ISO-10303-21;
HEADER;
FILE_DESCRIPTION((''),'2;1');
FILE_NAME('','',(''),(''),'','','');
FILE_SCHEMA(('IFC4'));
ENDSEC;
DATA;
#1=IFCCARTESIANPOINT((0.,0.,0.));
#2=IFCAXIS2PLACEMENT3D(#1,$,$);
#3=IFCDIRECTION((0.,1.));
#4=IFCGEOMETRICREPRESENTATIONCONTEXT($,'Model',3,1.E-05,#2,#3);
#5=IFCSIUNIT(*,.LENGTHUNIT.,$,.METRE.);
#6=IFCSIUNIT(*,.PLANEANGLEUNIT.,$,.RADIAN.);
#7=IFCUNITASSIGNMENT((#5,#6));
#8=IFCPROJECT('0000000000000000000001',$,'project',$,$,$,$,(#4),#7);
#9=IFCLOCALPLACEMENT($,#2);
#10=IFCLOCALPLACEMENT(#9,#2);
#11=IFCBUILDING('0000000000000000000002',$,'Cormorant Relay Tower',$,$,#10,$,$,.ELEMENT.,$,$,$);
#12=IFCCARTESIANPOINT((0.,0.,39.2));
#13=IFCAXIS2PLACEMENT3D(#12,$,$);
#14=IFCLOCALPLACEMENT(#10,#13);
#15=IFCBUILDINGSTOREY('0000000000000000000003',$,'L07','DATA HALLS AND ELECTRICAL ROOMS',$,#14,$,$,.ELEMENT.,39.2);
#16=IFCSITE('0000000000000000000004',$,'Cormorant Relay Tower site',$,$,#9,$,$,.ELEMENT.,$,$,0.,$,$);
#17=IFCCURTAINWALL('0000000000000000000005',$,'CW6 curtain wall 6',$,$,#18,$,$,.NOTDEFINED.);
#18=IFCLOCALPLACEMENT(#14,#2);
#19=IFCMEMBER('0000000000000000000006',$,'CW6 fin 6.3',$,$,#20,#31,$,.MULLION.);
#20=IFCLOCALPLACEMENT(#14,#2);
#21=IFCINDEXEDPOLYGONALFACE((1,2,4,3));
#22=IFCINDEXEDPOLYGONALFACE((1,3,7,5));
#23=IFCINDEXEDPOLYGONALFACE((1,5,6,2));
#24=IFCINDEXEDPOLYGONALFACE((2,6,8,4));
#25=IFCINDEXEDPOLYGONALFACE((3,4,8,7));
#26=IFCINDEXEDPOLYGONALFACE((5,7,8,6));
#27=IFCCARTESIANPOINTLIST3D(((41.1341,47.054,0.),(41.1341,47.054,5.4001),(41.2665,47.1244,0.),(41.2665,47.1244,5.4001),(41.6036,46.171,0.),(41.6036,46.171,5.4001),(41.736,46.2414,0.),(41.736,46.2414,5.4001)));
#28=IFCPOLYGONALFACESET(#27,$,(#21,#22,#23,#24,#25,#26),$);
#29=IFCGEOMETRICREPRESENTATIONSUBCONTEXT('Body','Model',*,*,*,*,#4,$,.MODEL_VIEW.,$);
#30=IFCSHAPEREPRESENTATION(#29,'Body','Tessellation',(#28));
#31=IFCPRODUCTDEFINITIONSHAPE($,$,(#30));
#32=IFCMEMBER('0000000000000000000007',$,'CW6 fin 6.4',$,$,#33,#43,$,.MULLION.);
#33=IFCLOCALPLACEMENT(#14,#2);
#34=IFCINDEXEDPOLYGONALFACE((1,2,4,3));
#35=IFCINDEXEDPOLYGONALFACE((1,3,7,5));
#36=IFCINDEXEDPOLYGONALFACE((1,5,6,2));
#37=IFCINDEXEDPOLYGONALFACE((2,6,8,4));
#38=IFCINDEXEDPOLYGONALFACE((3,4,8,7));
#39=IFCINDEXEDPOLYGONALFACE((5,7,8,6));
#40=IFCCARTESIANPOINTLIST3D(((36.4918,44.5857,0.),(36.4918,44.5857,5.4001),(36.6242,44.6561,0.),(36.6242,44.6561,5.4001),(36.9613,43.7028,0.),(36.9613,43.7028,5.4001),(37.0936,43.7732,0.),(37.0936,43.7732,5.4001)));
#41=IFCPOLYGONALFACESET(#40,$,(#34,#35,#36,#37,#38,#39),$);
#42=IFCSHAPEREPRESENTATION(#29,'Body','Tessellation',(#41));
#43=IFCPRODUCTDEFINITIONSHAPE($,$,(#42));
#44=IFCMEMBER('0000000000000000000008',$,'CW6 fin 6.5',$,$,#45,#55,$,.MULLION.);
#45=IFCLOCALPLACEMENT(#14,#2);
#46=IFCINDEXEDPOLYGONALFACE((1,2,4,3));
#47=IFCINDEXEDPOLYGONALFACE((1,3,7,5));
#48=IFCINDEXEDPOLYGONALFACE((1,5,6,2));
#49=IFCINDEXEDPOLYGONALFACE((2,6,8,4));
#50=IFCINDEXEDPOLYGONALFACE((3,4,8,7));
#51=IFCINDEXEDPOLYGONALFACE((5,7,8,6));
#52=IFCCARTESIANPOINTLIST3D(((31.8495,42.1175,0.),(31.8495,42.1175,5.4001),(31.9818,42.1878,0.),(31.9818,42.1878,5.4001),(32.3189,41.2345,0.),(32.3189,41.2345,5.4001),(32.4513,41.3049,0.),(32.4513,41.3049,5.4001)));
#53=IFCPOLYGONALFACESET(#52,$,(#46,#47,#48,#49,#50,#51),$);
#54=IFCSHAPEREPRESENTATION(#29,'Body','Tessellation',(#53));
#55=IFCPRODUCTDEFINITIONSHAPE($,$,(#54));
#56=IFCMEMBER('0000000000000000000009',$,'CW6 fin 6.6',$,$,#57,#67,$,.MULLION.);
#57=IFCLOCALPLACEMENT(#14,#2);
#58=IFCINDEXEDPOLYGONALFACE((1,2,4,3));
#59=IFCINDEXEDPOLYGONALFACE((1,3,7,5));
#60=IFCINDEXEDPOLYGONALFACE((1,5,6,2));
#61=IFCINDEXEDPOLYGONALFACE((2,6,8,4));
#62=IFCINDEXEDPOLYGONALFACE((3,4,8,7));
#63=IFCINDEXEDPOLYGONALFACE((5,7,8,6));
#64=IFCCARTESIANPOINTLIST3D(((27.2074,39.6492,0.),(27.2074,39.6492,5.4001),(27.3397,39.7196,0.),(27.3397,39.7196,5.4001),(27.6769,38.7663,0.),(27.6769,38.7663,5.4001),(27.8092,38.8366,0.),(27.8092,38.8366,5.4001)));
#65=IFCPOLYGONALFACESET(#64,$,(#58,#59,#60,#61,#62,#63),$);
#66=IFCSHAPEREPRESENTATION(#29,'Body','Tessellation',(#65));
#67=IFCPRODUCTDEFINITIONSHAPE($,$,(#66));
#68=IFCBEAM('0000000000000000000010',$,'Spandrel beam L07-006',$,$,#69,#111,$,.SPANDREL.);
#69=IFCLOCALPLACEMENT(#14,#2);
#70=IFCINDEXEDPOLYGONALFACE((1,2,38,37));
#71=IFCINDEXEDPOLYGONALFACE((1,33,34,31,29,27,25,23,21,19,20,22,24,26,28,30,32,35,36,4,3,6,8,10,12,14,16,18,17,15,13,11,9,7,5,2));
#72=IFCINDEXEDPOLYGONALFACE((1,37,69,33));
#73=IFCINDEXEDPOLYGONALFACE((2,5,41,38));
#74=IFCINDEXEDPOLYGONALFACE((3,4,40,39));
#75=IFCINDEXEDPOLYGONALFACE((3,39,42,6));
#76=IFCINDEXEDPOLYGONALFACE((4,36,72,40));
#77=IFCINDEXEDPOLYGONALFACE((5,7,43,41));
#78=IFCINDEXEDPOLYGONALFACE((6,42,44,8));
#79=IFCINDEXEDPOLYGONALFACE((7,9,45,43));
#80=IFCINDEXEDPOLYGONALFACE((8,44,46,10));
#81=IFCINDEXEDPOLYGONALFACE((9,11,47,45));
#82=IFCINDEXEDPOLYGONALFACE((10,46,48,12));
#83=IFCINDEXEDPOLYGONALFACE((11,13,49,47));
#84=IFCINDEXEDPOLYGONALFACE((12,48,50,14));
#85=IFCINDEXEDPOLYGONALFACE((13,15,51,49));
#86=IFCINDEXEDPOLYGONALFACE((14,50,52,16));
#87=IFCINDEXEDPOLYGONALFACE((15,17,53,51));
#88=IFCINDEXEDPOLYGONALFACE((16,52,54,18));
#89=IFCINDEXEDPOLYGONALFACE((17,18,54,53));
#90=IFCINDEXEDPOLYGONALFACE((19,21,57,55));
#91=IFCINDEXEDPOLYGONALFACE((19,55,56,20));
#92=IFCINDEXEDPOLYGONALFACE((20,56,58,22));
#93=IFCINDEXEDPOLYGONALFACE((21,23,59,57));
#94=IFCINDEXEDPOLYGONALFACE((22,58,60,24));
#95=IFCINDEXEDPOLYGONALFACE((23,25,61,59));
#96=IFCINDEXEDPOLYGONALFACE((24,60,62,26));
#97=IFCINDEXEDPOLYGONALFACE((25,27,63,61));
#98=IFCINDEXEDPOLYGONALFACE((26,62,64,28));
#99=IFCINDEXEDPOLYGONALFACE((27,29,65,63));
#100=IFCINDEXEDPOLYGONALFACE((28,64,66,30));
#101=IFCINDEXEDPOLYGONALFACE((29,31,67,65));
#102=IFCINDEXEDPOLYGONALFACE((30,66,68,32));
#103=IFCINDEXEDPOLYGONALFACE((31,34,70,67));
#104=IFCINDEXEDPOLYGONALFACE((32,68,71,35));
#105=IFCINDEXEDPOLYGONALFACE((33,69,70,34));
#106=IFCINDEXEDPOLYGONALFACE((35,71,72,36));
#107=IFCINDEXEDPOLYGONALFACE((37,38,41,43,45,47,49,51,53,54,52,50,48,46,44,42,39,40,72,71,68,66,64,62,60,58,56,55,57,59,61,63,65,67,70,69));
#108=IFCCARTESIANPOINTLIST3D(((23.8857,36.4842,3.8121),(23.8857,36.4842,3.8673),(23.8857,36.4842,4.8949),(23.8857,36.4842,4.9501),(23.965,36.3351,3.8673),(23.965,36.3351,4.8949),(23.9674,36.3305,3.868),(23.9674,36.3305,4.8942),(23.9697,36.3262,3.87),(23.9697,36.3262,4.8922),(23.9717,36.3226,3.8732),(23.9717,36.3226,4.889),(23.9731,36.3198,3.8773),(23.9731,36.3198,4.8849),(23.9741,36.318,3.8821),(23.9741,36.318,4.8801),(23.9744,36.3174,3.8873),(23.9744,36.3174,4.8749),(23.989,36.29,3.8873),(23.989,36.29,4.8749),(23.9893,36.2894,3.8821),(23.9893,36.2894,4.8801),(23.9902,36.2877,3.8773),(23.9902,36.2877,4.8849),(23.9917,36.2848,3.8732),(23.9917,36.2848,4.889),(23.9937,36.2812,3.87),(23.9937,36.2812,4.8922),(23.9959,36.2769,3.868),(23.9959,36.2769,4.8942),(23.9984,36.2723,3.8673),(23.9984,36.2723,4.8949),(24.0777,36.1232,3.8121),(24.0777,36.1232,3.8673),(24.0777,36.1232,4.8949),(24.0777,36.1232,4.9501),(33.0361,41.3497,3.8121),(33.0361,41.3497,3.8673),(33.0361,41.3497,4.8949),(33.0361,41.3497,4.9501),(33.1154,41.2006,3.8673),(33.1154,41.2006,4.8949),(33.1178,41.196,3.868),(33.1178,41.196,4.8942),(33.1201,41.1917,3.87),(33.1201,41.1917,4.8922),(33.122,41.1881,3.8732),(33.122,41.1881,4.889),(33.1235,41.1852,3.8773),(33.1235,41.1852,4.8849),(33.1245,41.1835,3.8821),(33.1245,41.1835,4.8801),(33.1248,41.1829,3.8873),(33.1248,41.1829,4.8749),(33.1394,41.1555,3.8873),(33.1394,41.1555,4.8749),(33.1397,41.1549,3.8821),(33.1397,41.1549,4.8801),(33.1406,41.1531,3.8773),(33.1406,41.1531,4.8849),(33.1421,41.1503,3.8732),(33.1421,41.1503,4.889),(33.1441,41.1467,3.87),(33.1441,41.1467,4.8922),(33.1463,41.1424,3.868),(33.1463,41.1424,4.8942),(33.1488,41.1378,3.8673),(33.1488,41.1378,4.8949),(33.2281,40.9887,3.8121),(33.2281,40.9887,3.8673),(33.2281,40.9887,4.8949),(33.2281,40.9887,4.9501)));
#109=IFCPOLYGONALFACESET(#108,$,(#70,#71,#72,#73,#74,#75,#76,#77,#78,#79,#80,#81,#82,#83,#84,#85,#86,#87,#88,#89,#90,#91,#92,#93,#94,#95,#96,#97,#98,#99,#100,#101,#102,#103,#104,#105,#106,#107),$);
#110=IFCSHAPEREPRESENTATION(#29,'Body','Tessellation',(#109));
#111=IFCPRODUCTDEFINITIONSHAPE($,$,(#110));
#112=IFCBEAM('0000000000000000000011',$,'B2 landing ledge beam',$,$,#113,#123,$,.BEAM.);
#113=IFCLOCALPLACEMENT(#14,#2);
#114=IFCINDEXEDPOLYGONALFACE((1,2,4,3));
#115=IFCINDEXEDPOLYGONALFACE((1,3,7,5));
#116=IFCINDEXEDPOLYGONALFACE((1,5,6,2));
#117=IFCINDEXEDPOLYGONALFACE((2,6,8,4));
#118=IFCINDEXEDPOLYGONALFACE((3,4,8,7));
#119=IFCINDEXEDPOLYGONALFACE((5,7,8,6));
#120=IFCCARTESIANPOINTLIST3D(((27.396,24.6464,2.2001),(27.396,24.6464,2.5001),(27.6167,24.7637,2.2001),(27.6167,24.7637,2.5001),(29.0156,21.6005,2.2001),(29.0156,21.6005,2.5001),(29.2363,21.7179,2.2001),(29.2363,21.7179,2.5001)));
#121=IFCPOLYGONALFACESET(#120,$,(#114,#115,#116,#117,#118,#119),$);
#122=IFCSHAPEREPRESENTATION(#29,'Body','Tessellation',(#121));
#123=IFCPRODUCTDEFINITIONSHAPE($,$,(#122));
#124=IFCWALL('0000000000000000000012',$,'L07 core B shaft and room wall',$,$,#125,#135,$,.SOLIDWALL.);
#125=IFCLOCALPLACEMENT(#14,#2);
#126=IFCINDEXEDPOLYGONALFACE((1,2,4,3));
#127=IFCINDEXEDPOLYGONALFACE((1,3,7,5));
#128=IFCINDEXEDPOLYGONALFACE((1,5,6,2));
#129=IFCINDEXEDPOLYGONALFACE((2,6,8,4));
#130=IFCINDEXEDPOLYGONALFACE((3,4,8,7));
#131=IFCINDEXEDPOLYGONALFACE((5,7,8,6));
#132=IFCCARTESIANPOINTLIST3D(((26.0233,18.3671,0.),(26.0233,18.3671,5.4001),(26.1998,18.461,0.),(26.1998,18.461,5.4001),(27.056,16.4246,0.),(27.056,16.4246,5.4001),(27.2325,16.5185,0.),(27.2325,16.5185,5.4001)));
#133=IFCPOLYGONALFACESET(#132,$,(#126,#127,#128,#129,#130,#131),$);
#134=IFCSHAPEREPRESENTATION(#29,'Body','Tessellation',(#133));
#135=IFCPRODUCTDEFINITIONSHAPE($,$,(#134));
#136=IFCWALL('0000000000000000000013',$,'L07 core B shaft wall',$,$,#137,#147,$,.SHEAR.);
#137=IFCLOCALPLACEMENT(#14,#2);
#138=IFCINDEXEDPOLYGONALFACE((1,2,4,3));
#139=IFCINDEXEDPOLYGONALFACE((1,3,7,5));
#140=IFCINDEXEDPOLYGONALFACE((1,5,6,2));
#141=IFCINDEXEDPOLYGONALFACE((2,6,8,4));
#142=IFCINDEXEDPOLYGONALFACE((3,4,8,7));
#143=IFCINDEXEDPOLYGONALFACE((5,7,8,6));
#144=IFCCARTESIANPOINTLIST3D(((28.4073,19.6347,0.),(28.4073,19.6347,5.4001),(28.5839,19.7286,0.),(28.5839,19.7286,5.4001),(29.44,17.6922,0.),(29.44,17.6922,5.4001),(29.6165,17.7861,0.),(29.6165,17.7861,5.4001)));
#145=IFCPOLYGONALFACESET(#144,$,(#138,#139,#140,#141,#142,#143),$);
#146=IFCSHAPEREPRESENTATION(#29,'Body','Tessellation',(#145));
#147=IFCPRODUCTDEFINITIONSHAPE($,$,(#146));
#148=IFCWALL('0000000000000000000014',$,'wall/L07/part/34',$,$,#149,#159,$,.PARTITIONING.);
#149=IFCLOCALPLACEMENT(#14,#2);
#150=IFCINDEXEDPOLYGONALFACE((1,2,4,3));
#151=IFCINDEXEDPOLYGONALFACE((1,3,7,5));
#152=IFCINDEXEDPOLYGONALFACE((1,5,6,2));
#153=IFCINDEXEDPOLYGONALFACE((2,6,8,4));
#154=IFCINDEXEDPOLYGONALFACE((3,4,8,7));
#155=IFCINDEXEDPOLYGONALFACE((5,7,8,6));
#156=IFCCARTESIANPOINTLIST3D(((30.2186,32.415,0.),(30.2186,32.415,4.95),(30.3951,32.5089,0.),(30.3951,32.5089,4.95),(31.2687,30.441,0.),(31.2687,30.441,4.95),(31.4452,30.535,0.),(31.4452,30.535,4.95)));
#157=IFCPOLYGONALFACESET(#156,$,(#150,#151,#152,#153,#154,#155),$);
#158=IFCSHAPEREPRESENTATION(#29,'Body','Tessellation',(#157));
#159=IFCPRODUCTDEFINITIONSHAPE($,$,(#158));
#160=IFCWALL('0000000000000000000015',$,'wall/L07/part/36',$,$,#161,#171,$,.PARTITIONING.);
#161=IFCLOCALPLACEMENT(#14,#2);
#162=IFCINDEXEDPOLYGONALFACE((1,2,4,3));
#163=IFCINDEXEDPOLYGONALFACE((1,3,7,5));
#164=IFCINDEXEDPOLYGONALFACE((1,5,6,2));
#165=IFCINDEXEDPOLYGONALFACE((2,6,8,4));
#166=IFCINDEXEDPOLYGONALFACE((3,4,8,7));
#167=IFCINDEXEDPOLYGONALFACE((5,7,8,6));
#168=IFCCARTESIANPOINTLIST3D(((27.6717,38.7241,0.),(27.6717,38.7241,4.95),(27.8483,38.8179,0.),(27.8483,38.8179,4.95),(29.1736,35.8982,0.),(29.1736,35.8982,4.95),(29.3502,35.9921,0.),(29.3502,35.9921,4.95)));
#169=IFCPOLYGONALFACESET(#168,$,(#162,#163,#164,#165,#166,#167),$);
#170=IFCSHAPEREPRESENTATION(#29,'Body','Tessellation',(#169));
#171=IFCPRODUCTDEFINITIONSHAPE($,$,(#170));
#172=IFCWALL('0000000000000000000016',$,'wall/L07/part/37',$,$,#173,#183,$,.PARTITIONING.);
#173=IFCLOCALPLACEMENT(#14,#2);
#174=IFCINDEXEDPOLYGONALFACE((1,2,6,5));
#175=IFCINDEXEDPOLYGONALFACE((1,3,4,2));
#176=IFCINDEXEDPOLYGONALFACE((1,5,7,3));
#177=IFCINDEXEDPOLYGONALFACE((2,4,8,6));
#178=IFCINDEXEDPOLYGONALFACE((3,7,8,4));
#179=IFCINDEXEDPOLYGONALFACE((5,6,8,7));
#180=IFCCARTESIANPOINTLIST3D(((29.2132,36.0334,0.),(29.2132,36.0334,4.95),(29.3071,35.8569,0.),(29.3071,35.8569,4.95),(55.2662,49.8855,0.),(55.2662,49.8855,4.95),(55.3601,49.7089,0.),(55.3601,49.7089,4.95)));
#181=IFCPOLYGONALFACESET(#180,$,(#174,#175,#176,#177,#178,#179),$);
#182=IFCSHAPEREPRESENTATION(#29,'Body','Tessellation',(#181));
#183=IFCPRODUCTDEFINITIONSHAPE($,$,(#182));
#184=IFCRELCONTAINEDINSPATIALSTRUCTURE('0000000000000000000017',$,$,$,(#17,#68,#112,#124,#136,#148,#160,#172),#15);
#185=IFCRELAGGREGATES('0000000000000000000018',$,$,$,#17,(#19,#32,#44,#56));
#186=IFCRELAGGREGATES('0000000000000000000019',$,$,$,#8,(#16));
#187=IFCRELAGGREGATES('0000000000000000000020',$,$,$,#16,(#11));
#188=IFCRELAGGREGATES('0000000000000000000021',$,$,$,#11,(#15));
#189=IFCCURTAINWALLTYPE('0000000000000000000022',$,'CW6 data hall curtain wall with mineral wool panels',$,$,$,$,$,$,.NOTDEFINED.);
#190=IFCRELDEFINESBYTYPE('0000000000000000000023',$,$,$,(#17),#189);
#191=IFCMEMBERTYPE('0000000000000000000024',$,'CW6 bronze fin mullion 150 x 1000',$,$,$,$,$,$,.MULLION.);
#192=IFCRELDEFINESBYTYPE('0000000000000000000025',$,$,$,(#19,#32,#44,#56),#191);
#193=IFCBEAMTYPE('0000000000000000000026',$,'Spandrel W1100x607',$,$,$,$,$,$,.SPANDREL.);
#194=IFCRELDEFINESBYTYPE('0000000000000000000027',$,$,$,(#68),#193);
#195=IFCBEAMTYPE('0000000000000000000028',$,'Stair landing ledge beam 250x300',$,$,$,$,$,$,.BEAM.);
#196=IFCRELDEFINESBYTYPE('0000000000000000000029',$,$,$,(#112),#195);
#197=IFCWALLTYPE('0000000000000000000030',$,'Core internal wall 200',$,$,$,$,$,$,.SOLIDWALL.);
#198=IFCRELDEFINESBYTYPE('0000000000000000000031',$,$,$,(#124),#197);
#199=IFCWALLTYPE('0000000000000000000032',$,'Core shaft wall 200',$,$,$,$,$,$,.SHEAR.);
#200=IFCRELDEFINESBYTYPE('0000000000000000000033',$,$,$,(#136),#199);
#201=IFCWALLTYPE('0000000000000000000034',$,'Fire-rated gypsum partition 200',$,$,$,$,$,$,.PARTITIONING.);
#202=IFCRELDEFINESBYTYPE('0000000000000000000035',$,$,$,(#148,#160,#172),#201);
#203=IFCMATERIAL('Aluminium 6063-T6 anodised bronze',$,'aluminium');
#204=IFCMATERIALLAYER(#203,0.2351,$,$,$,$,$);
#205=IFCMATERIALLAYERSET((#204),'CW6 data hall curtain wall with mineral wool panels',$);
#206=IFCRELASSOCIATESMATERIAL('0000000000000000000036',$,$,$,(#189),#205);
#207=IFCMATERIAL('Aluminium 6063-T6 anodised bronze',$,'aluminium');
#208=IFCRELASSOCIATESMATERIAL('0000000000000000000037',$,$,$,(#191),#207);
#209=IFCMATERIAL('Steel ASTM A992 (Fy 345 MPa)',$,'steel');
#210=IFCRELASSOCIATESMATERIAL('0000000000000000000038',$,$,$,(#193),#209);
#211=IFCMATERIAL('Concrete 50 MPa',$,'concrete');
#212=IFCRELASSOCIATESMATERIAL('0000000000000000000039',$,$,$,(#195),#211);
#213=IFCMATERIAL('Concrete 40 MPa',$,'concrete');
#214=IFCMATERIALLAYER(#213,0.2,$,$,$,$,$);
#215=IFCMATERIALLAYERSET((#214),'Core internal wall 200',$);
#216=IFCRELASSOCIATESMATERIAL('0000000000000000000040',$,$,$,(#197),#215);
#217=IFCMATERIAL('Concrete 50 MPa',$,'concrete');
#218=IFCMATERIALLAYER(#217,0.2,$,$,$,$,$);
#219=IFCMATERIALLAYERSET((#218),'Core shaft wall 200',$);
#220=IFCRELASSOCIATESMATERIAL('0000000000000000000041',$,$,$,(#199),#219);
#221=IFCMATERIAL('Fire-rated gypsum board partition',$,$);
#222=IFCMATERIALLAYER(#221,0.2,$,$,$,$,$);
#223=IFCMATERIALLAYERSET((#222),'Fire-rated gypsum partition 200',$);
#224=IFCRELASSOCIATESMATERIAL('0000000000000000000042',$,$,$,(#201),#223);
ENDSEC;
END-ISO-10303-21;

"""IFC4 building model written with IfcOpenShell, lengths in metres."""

from ifc_helpers import new_model, si_unit, direction, frame, frame_2d, origin, origin_2d, place, context, subcontext, project, spatial, rectangle, i_section, extrude, material, layer, layer_set, material_profile, profile_set, type_object, element, aggregate, save


model = new_model("IFC4")

# Units and contexts
model_context = context("Model", 3, precision=1e-05, world=origin(), true_north=direction((0.0, 1.0)))
body_context = subcontext(model_context, "Body", "Model", "MODEL_VIEW")
ifc_project = project(units=[si_unit("LENGTHUNIT", "METRE"), si_unit("PLANEANGLEUNIT", "RADIAN")], contexts=[model_context])

# Site, building, storey
site_placement = place(None, origin())
site = spatial("IfcSite", under=ifc_project, at=site_placement, Name="Cormorant Relay Tower site", CompositionType="ELEMENT", RefElevation=0.0)
building_placement = place(site_placement, origin())
building = spatial("IfcBuilding", under=site, at=building_placement, Name="Cormorant Relay Tower", CompositionType="ELEMENT")
storey_placement = place(building_placement, frame((0.0, 0.0, 39.2)))
storey = spatial("IfcBuildingStorey", under=building, at=storey_placement, Name="L07", Description="DATA HALLS AND ELECTRICAL ROOMS", CompositionType="ELEMENT", Elevation=39.2)

# Curtain wall, members
ifc_material_1 = material(Name="Aluminium 6063-T6 anodised bronze", Category="aluminium")
ifc_layer_1 = layer(ifc_material_1, 0.2351)
ifc_layer_set_1 = layer_set([ifc_layer_1], Name="CW6 data hall curtain wall with mineral wool panels")
curtain_wall_type = type_object("IfcCurtainWallType", Name="CW6 data hall curtain wall with mineral wool panels", PredefinedType="NOTDEFINED", material=ifc_layer_set_1)
curtain_wall_placement = place(storey_placement, origin())
curtain_wall = element("IfcCurtainWall", 1, at=curtain_wall_placement, inside=storey, type_object=curtain_wall_type, Name="CW6 curtain wall 6", PredefinedType="NOTDEFINED")
ifc_material_2 = material(Name="Aluminium 6063-T6 anodised bronze", Category="aluminium")
ifc_material_profile_1 = material_profile(ifc_material_2, rectangle(XDim=0.1499, YDim=1.0, at=origin_2d()), Name="AL 150x1000")
ifc_profile_set_1 = profile_set([ifc_material_profile_1], Name="Aluminium 6063-T6 anodised bronze")
member_type = type_object("IfcMemberType", Name="CW6 bronze fin mullion 150 x 1000", PredefinedType="MULLION", material=ifc_profile_set_1)
member_1_placement = place(storey_placement, frame((41.4351, 46.6477, 0.0), z_axis=(0.0, 0.0, 1.0), x_axis=(-0.882948, -0.469472, 0.0)))
member_1 = element("IfcMember", 2, at=member_1_placement, type_object=member_type, Name="CW6 fin 6.3", PredefinedType="MULLION", context=body_context, shape_type="SweptSolid", body=[
    extrude(rectangle(XDim=0.1499, YDim=1.0, at=origin_2d()), origin(), (0.0, 0.0, 1.0), 5.4001),
])
member_2_placement = place(storey_placement, frame((36.7927, 44.1794, 0.0), z_axis=(0.0, 0.0, 1.0), x_axis=(-0.882948, -0.469472, 0.0)))
member_2 = element("IfcMember", 3, at=member_2_placement, type_object=member_type, Name="CW6 fin 6.4", PredefinedType="MULLION", context=body_context, shape_type="SweptSolid", body=[
    extrude(rectangle(XDim=0.1499, YDim=1.0, at=origin_2d()), origin(), (0.0, 0.0, 1.0), 5.4001),
])
member_3_placement = place(storey_placement, frame((32.1504, 41.7112, 0.0), z_axis=(0.0, 0.0, 1.0), x_axis=(-0.882948, -0.469472, 0.0)))
member_3 = element("IfcMember", 4, at=member_3_placement, type_object=member_type, Name="CW6 fin 6.5", PredefinedType="MULLION", context=body_context, shape_type="SweptSolid", body=[
    extrude(rectangle(XDim=0.1499, YDim=1.0, at=origin_2d()), origin(), (0.0, 0.0, 1.0), 5.4001),
])
member_4_placement = place(storey_placement, frame((27.5083, 39.2429, 0.0), z_axis=(0.0, 0.0, 1.0), x_axis=(-0.882948, -0.469472, 0.0)))
member_4 = element("IfcMember", 5, at=member_4_placement, type_object=member_type, Name="CW6 fin 6.6", PredefinedType="MULLION", context=body_context, shape_type="SweptSolid", body=[
    extrude(rectangle(XDim=0.1499, YDim=1.0, at=origin_2d()), origin(), (0.0, 0.0, 1.0), 5.4001),
])

# Beams
ifc_material_3 = material(Name="Steel ASTM A992 (Fy 345 MPa)", Category="steel")
ifc_material_profile_2 = material_profile(ifc_material_3, i_section(OverallWidth=0.4089, OverallDepth=1.1379, WebThickness=0.031, FlangeThickness=0.0552, FilletRadius=0.02, at=origin_2d()), Name="W1100x607")
ifc_profile_set_2 = profile_set([ifc_material_profile_2], Name="Steel ASTM A992 (Fy 345 MPa)")
beam_type_1 = type_object("IfcBeamType", Name="Spandrel W1100x607", PredefinedType="SPANDREL", material=ifc_profile_set_2)
beam_1_placement = place(storey_placement, frame((33.1321, 41.1692, 4.3811), z_axis=(-0.882942, -0.469481, 0.0), x_axis=(0.469481, -0.882942, 0.0)))
element("IfcBeam", 6, at=beam_1_placement, inside=storey, type_object=beam_type_1, Name="Spandrel beam L07-006", PredefinedType="SPANDREL", context=body_context, shape_type="SweptSolid", body=[
    extrude(i_section(OverallWidth=0.4089, OverallDepth=1.1379, WebThickness=0.031, FlangeThickness=0.0552, FilletRadius=0.02, at=origin_2d()), origin(), (0.0, 0.0, 1.0), 10.3635),
])
ifc_material_4 = material(Name="Concrete 50 MPa", Category="concrete")
ifc_material_profile_3 = material_profile(ifc_material_4, rectangle(XDim=0.25, YDim=0.3, at=origin_2d()), Name="RC 250x300")
ifc_profile_set_3 = profile_set([ifc_material_profile_3], Name="Concrete 50 MPa")
beam_type_2 = type_object("IfcBeamType", Name="Stair landing ledge beam 250x300", PredefinedType="BEAM", material=ifc_profile_set_3)
beam_2_placement = place(storey_placement, frame((29.126, 21.6592, 2.3501), z_axis=(-0.469493, 0.882936, 0.0), x_axis=(-0.882936, -0.469493, 0.0)))
element("IfcBeam", 7, at=beam_2_placement, inside=storey, type_object=beam_type_2, Name="B2 landing ledge beam", PredefinedType="BEAM", context=body_context, shape_type="SweptSolid", body=[
    extrude(rectangle(XDim=0.25, YDim=0.3, at=origin_2d()), origin(), (0.0, 0.0, 1.0), 3.4497),
])

# Walls
ifc_material_5 = material(Name="Concrete 40 MPa", Category="concrete")
ifc_layer_2 = layer(ifc_material_5, 0.2)
ifc_layer_set_2 = layer_set([ifc_layer_2], Name="Core internal wall 200")
wall_type_1 = type_object("IfcWallType", Name="Core internal wall 200", PredefinedType="SOLIDWALL", material=ifc_layer_set_2)
wall_1_placement = place(storey_placement, frame((27.1443, 16.4714, 0.0), z_axis=(0.0, 0.0, 1.0), x_axis=(-0.469401, 0.882985, 0.0)))
element("IfcWall", 8, at=wall_1_placement, inside=storey, type_object=wall_type_1, Name="L07 core B shaft and room wall", PredefinedType="SOLIDWALL", context=body_context, shape_type="SweptSolid", body=[
    extrude(rectangle(XDim=2.2, YDim=0.2, at=frame_2d((1.1001, 0.0))), origin(), (0.0, 0.0, 1.0), 5.4001),
])
ifc_material_6 = material(Name="Concrete 50 MPa", Category="concrete")
ifc_layer_3 = layer(ifc_material_6, 0.2)
ifc_layer_set_3 = layer_set([ifc_layer_3], Name="Core shaft wall 200")
wall_type_2 = type_object("IfcWallType", Name="Core shaft wall 200", PredefinedType="SHEAR", material=ifc_layer_set_3)
wall_2_placement = place(storey_placement, frame((29.5283, 17.739, 0.0), z_axis=(0.0, 0.0, 1.0), x_axis=(-0.469401, 0.882985, 0.0)))
element("IfcWall", 9, at=wall_2_placement, inside=storey, type_object=wall_type_2, Name="L07 core B shaft wall", PredefinedType="SHEAR", context=body_context, shape_type="SweptSolid", body=[
    extrude(rectangle(XDim=2.2, YDim=0.2, at=frame_2d((1.1001, 0.0))), origin(), (0.0, 0.0, 1.0), 5.4001),
])
ifc_material_7 = material(Name="Fire-rated gypsum board partition")
ifc_layer_4 = layer(ifc_material_7, 0.2)
ifc_layer_set_4 = layer_set([ifc_layer_4], Name="Fire-rated gypsum partition 200")
wall_type_3 = type_object("IfcWallType", Name="Fire-rated gypsum partition 200", PredefinedType="PARTITIONING", material=ifc_layer_set_4)
wall_3_placement = place(storey_placement, frame((30.3069, 32.4619, 0.0), z_axis=(0.0, 0.0, 1.0), x_axis=(0.469653, -0.882851, 0.0)))
element("IfcWall", 10, at=wall_3_placement, inside=storey, type_object=wall_type_3, Name="wall/L07/part/34", PredefinedType="PARTITIONING", context=body_context, shape_type="SweptSolid", body=[
    extrude(rectangle(XDim=2.2358, YDim=0.2, at=frame_2d((1.1179, 0.0))), origin(), (0.0, 0.0, 1.0), 4.95),
])
wall_4_placement = place(storey_placement, frame((27.76, 38.771, 0.0), z_axis=(0.0, 0.0, 1.0), x_axis=(0.469321, -0.883028, 0.0)))
element("IfcWall", 11, at=wall_4_placement, inside=storey, type_object=wall_type_3, Name="wall/L07/part/36", PredefinedType="PARTITIONING", context=body_context, shape_type="SweptSolid", body=[
    extrude(rectangle(XDim=3.2002, YDim=0.2, at=frame_2d((1.6001, 0.0))), origin(), (0.0, 0.0, 1.0), 4.95),
])
wall_5_placement = place(storey_placement, frame((29.26, 35.9451, 0.0), z_axis=(0.0, 0.0, 1.0), x_axis=(0.882956, 0.469457, 0.0)))
element("IfcWall", 12, at=wall_5_placement, inside=storey, type_object=wall_type_3, Name="wall/L07/part/37", PredefinedType="PARTITIONING", context=body_context, shape_type="SweptSolid", body=[
    extrude(rectangle(XDim=29.5066, YDim=0.2, at=frame_2d((14.7534, 0.0))), origin(), (0.0, 0.0, 1.0), 4.95),
])

aggregate(curtain_wall, [member_1, member_2, member_3, member_4])

save(model, "model.ifc")
